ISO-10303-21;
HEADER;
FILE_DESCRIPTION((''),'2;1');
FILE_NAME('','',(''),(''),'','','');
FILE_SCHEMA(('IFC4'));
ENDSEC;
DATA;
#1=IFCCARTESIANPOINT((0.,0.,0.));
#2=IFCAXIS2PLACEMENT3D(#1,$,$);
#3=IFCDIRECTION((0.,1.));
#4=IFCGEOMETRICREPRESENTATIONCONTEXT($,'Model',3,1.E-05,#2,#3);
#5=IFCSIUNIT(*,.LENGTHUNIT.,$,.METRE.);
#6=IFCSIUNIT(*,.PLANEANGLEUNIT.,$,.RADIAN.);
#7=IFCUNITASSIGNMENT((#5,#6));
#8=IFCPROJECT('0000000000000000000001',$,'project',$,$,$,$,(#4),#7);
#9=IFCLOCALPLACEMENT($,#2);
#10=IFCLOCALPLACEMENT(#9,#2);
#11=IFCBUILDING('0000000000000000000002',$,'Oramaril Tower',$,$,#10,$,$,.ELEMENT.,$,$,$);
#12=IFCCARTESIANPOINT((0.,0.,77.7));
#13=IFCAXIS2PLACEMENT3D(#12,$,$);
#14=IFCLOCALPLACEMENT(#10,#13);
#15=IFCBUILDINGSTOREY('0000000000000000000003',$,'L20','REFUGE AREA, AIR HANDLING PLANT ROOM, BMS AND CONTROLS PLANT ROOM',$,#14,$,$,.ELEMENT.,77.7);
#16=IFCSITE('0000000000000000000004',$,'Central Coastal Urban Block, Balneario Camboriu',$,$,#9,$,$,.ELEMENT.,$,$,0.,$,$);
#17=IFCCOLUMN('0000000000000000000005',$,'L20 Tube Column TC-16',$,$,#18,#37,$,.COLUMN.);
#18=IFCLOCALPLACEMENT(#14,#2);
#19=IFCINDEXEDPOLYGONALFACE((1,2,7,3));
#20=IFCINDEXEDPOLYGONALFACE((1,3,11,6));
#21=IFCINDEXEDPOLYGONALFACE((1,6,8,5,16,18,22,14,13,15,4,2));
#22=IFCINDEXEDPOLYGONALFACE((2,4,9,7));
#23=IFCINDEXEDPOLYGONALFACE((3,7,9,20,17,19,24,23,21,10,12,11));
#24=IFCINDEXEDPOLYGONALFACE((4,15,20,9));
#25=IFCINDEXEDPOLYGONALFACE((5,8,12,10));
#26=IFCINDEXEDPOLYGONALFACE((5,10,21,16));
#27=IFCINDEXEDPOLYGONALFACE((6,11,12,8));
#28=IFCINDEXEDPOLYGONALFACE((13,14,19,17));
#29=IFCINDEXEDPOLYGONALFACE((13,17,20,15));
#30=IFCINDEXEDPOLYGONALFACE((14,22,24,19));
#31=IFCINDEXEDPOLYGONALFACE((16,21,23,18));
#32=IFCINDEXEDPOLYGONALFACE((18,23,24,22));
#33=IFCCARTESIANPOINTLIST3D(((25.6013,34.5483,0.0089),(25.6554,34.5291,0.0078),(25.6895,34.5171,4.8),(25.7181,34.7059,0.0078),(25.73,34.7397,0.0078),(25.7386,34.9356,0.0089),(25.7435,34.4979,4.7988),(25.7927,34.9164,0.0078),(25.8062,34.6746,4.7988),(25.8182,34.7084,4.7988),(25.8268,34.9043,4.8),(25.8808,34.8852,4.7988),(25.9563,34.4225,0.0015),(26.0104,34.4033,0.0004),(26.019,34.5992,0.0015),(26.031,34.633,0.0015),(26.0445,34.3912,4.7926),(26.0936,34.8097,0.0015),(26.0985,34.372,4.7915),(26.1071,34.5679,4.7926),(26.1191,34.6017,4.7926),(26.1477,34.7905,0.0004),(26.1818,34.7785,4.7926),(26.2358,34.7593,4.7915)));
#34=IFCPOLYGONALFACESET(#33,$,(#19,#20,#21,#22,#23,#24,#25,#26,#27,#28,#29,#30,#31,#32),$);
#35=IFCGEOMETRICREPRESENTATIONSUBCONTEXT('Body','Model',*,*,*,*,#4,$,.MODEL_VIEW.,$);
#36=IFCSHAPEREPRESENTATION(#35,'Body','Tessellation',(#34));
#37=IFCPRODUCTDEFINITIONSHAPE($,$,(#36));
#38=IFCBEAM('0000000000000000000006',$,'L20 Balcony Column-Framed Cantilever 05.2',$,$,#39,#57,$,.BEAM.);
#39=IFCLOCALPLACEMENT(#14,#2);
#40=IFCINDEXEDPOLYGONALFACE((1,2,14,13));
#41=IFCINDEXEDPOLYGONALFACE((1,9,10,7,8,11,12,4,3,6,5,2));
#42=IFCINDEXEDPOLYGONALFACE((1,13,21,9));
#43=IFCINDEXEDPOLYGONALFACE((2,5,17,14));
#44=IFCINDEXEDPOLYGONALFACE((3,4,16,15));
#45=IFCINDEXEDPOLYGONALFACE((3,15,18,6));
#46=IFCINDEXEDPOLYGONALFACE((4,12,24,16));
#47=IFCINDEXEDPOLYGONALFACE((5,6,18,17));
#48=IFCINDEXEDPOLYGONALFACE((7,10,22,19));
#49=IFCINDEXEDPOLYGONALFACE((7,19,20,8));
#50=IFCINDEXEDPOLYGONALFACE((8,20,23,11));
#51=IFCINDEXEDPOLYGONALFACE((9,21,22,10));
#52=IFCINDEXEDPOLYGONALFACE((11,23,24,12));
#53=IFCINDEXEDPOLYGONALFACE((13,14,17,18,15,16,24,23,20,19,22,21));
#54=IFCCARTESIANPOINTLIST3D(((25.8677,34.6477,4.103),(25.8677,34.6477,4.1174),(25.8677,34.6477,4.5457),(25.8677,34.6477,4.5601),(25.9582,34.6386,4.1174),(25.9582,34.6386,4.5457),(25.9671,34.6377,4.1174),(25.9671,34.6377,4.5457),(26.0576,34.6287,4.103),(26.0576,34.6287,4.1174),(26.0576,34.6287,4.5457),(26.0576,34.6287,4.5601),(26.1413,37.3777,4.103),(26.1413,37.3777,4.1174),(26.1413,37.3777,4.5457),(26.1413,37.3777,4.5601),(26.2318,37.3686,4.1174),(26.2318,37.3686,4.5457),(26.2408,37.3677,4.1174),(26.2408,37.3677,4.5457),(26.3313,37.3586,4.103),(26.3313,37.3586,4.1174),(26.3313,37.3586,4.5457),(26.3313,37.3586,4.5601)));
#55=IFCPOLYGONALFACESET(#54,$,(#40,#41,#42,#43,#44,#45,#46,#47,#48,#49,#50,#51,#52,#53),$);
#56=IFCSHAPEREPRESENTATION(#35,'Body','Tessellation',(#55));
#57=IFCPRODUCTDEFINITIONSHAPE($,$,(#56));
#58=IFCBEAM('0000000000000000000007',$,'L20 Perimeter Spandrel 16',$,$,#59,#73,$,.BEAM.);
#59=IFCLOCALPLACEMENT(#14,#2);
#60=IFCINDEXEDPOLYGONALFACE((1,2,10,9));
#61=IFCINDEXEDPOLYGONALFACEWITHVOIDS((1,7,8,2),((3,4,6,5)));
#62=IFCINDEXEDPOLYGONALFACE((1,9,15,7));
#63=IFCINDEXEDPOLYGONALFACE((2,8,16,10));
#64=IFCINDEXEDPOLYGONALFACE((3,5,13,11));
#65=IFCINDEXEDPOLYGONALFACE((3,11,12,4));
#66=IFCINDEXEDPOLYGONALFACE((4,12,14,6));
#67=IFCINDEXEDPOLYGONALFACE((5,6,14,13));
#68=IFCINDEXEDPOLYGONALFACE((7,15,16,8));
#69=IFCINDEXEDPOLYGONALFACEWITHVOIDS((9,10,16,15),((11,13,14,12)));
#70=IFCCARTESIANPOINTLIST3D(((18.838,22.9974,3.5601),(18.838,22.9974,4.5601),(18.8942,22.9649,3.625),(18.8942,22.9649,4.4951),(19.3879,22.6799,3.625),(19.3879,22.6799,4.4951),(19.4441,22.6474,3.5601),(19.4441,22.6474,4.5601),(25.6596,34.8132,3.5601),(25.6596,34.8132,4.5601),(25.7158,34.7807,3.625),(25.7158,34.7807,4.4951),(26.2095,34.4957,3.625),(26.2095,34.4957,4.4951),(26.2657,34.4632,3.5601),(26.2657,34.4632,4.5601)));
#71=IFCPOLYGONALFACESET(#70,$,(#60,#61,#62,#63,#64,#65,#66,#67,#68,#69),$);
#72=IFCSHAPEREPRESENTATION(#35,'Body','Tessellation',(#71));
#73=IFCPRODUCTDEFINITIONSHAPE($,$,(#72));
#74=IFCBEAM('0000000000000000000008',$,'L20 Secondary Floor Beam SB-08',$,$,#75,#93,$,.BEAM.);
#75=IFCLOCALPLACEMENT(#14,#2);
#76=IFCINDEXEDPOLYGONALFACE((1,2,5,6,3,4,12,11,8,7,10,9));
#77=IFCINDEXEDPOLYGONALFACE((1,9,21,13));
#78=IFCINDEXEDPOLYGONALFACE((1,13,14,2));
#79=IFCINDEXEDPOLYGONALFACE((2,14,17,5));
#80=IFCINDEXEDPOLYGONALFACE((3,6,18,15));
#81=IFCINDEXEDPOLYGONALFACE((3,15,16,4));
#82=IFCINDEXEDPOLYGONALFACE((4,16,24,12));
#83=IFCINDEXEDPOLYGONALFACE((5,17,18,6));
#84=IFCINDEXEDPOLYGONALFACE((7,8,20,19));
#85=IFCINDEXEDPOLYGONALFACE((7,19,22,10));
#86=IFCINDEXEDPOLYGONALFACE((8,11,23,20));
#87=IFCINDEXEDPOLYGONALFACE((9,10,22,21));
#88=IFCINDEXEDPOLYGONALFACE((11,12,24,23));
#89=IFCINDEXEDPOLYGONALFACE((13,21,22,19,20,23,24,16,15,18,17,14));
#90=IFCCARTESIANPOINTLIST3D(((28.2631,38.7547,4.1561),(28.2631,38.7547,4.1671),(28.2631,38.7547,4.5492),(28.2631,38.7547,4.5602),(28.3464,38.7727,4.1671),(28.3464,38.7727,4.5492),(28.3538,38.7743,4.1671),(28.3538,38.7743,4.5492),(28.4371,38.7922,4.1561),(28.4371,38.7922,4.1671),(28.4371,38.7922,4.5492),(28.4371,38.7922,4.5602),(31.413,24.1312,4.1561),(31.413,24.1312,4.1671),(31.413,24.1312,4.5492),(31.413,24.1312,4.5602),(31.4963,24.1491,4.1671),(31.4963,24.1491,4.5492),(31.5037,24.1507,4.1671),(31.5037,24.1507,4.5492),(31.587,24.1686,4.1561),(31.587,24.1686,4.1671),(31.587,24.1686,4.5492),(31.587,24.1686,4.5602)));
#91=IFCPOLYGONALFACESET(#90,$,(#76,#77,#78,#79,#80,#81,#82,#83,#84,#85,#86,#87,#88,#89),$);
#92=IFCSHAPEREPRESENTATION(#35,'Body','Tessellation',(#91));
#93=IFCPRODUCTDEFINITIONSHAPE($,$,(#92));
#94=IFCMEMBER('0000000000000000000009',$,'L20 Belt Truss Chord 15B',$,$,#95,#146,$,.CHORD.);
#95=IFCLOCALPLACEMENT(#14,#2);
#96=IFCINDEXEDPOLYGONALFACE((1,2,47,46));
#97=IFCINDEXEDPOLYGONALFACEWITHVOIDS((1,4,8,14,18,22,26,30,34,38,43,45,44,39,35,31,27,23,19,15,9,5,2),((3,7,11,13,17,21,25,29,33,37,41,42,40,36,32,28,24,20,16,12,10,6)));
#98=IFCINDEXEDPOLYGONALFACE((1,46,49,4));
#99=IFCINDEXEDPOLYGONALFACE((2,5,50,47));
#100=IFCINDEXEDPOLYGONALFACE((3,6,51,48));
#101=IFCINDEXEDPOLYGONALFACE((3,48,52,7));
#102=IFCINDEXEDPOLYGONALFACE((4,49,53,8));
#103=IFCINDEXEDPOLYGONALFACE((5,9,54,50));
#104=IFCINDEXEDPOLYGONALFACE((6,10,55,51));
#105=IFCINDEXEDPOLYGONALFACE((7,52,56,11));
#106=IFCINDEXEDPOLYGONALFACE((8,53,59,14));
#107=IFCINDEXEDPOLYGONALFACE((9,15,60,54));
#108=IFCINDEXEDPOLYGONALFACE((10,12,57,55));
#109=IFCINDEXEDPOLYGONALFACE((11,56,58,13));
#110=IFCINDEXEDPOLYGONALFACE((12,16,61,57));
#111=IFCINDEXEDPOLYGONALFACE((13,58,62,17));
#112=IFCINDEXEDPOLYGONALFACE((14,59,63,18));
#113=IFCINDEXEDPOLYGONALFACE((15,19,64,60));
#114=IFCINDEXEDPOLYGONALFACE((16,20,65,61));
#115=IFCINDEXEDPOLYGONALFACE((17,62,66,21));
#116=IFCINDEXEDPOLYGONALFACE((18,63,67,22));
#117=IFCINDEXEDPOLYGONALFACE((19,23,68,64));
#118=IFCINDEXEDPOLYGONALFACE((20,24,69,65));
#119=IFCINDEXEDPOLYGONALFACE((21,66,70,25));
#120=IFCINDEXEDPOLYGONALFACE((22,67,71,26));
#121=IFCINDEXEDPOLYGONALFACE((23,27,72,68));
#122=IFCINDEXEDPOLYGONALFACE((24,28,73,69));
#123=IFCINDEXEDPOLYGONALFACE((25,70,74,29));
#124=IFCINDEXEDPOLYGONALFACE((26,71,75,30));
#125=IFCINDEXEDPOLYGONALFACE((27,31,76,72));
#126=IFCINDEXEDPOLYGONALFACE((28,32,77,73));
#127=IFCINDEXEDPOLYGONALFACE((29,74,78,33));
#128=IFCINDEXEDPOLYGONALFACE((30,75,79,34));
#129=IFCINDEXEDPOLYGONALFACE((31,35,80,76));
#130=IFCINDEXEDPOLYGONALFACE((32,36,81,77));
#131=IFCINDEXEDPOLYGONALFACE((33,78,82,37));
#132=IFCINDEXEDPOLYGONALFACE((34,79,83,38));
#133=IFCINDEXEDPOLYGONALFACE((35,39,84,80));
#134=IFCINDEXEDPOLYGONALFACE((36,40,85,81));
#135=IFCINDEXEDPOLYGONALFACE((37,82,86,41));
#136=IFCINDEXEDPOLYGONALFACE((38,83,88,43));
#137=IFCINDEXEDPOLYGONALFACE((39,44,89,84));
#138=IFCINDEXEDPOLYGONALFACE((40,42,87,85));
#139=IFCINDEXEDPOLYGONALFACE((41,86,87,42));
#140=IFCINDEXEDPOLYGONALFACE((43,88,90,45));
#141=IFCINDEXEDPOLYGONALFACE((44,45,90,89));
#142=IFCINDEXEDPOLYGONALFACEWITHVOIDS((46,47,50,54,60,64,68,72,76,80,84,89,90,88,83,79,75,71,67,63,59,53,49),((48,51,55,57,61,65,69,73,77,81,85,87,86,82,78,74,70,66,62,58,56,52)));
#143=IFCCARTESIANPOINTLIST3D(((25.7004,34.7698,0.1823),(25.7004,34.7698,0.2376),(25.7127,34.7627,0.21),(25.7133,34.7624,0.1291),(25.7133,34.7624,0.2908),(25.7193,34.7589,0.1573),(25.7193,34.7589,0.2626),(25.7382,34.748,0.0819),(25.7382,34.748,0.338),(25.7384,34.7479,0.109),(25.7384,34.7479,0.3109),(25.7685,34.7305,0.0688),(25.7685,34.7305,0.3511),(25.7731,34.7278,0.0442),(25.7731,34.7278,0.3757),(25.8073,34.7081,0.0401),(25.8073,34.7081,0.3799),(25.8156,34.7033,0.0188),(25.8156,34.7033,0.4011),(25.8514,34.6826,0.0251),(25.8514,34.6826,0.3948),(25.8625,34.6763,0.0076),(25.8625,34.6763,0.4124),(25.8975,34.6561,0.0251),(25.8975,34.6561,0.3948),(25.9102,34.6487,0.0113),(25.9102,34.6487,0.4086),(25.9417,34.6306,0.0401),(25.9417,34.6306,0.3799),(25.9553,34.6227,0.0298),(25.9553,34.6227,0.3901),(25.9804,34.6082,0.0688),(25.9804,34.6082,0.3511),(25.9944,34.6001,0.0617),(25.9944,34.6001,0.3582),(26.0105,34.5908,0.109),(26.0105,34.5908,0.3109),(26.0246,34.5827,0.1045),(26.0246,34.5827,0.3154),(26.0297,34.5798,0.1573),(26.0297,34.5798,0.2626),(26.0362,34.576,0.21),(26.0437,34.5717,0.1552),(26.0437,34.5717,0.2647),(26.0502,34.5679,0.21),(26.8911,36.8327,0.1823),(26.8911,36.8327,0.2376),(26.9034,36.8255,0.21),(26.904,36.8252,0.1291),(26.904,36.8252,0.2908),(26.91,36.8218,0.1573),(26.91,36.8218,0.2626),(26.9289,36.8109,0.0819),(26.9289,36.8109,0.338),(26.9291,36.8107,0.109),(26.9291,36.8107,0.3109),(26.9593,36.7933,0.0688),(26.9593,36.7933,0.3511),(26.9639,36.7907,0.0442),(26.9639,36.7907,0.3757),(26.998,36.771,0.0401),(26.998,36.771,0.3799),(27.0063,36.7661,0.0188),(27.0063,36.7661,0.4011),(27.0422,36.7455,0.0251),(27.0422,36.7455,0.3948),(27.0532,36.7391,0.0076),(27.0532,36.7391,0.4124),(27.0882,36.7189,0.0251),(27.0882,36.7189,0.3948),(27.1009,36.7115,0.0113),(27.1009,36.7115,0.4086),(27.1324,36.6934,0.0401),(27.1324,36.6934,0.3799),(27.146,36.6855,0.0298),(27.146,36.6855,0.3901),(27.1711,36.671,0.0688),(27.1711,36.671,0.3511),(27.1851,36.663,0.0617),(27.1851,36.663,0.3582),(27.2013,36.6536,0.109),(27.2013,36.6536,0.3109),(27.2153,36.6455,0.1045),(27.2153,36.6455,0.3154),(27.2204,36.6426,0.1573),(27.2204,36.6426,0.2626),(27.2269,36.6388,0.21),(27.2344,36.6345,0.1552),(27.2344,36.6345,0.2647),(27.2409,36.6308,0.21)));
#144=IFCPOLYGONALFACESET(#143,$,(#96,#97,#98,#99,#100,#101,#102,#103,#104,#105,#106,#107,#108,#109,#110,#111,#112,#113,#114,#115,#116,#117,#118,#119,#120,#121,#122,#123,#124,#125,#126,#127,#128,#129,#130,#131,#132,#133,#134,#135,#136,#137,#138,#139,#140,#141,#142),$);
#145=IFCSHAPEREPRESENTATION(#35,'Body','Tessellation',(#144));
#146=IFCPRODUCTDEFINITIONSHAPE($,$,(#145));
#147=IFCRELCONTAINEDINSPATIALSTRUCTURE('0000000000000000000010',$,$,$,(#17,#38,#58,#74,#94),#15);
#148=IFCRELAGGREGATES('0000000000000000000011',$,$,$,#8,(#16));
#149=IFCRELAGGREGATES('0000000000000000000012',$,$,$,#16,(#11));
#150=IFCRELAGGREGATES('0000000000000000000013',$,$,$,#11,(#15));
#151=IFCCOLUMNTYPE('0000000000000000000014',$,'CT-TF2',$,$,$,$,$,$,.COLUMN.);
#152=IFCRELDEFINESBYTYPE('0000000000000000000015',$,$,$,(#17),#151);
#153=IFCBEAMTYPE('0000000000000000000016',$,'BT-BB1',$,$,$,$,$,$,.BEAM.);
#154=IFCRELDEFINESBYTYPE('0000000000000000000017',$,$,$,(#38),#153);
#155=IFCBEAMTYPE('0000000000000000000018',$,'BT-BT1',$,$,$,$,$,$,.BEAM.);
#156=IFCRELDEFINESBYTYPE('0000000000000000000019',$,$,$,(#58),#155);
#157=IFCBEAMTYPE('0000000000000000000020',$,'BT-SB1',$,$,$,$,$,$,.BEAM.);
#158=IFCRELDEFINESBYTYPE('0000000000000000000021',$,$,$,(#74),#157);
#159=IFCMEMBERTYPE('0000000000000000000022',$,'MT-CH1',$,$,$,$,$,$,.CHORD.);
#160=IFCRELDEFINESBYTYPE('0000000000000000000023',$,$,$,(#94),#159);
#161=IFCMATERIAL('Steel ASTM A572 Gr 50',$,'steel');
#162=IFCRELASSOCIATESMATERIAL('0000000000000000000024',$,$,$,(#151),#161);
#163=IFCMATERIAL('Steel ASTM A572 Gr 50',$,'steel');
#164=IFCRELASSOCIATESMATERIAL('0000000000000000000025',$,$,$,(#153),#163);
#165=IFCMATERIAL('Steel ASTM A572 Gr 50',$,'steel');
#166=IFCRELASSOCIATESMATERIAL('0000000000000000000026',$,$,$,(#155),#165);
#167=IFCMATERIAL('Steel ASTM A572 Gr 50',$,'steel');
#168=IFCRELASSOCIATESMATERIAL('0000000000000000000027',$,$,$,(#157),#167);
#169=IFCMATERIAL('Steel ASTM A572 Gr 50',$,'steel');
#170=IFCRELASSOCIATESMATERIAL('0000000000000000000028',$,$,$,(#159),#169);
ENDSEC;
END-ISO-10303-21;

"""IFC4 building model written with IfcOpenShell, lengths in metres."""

from ifc_helpers import new_model, si_unit, direction, frame, origin, origin_2d, place, context, subcontext, project, spatial, hollow_rectangle, hollow_circle, i_section, extrude, material, material_profile, profile_set, type_object, element, save


model = new_model("IFC4")

# Units and contexts
model_context = context("Model", 3, precision=1e-05, world=origin(), true_north=direction((0.0, 1.0)))
body_context = subcontext(model_context, "Body", "Model", "MODEL_VIEW")
ifc_project = project(units=[si_unit("LENGTHUNIT", "METRE"), si_unit("PLANEANGLEUNIT", "RADIAN")], contexts=[model_context])

# Site, building, storey
site_placement = place(None, origin())
site = spatial("IfcSite", under=ifc_project, at=site_placement, Name="Central Coastal Urban Block, Balneario Camboriu", CompositionType="ELEMENT", RefElevation=0.0)
building_placement = place(site_placement, origin())
building = spatial("IfcBuilding", under=site, at=building_placement, Name="Oramaril Tower", CompositionType="ELEMENT")
storey_placement = place(building_placement, frame((0.0, 0.0, 77.7)))
storey = spatial("IfcBuildingStorey", under=building, at=storey_placement, Name="L20", Description="REFUGE AREA, AIR HANDLING PLANT ROOM, BMS AND CONTROLS PLANT ROOM", CompositionType="ELEMENT", Elevation=77.7)

# Column
ifc_material_1 = material(Name="Steel ASTM A572 Gr 50", Category="steel")
ifc_material_profile_1 = material_profile(ifc_material_1, i_section(OverallWidth=0.4109, OverallDepth=0.4341, WebThickness=0.0359, FlangeThickness=0.0574, at=origin_2d()), Name="W14X311")
ifc_profile_set_1 = profile_set([ifc_material_profile_1], Name="Steel ASTM A572 Gr 50")
column_type = type_object("IfcColumnType", Name="CT-TF2", PredefinedType="COLUMN", material=ifc_profile_set_1)
column_placement = place(storey_placement, frame((25.8745, 34.6694, 0.0046), z_axis=(0.018392, -0.006521, 0.99981), x_axis=(0.334185, 0.942507, 0.0)))
element("IfcColumn", 1, at=column_placement, inside=storey, type_object=column_type, Name="L20 Tube Column TC-16", PredefinedType="COLUMN", context=body_context, shape_type="SweptSolid", body=[
    extrude(i_section(OverallWidth=0.4109, OverallDepth=0.4341, WebThickness=0.0359, FlangeThickness=0.0574, at=origin_2d()), origin(), (0.0, 0.0, 1.0), 4.792),
])

# Beams
ifc_material_2 = material(Name="Steel ASTM A572 Gr 50", Category="steel")
ifc_material_profile_2 = material_profile(ifc_material_2, i_section(OverallWidth=0.1909, OverallDepth=0.457, WebThickness=0.009, FlangeThickness=0.0144, at=origin_2d()), Name="W18X50")
ifc_profile_set_2 = profile_set([ifc_material_profile_2], Name="Steel ASTM A572 Gr 50")
beam_type_1 = type_object("IfcBeamType", Name="BT-BB1", PredefinedType="BEAM", material=ifc_profile_set_2)
beam_1_placement = place(storey_placement, frame((25.9626, 34.6382, 4.3315), z_axis=(0.09975, 0.995012, 0.0), x_axis=(-0.995012, 0.09975, 0.0)))
element("IfcBeam", 2, at=beam_1_placement, inside=storey, type_object=beam_type_1, Name="L20 Balcony Column-Framed Cantilever 05.2", PredefinedType="BEAM", context=body_context, shape_type="SweptSolid", body=[
    extrude(i_section(OverallWidth=0.1909, OverallDepth=0.457, WebThickness=0.009, FlangeThickness=0.0144, at=origin_2d()), origin(), (0.0, 0.0, 1.0), 2.7437),
])
ifc_material_3 = material(Name="Steel ASTM A572 Gr 50", Category="steel")
ifc_material_profile_3 = material_profile(ifc_material_3, hollow_rectangle(XDim=0.7, YDim=1.0, WallThickness=0.0649, at=origin_2d()), Name="BOX1000X700X65")
ifc_profile_set_3 = profile_set([ifc_material_profile_3], Name="Steel ASTM A572 Gr 50")
beam_type_2 = type_object("IfcBeamType", Name="BT-BT1", PredefinedType="BEAM", material=ifc_profile_set_3)
beam_2_placement = place(storey_placement, frame((25.9626, 34.6382, 4.0601), z_axis=(-0.499986, -0.866033, 0.0), x_axis=(0.866033, -0.499986, 0.0)))
element("IfcBeam", 3, at=beam_2_placement, inside=storey, type_object=beam_type_2, Name="L20 Perimeter Spandrel 16", PredefinedType="BEAM", context=body_context, shape_type="SweptSolid", body=[
    extrude(hollow_rectangle(XDim=0.7, YDim=1.0, WallThickness=0.0649, at=origin_2d()), origin(), (0.0, 0.0, 1.0), 13.6436),
])
ifc_material_4 = material(Name="Steel ASTM A572 Gr 50", Category="steel")
ifc_material_profile_4 = material_profile(ifc_material_4, i_section(OverallWidth=0.178, OverallDepth=0.4041, WebThickness=0.0076, FlangeThickness=0.011, at=origin_2d()), Name="W16X36")
ifc_profile_set_4 = profile_set([ifc_material_profile_4], Name="Steel ASTM A572 Gr 50")
beam_type_3 = type_object("IfcBeamType", Name="BT-SB1", PredefinedType="BEAM", material=ifc_profile_set_4)
beam_3_placement = place(storey_placement, frame((31.5, 24.1499, 4.3582), z_axis=(-0.21057, 0.977579, 0.0), x_axis=(-0.977579, -0.21057, 0.0)))
element("IfcBeam", 4, at=beam_3_placement, inside=storey, type_object=beam_type_3, Name="L20 Secondary Floor Beam SB-08", PredefinedType="BEAM", context=body_context, shape_type="SweptSolid", body=[
    extrude(i_section(OverallWidth=0.178, OverallDepth=0.4041, WebThickness=0.0076, FlangeThickness=0.011, at=origin_2d()), origin(), (0.0, 0.0, 1.0), 14.959),
])

# Member
ifc_material_5 = material(Name="Steel ASTM A572 Gr 50", Category="steel")
ifc_material_profile_5 = material_profile(ifc_material_5, hollow_circle(Radius=0.2029, WallThickness=0.0161, at=origin_2d()), Name="CHS406X16")
ifc_profile_set_5 = profile_set([ifc_material_profile_5], Name="Steel ASTM A572 Gr 50")
member_type_1 = type_object("IfcMemberType", Name="MT-CH1", PredefinedType="CHORD", material=ifc_profile_set_5)
member_1_placement = place(storey_placement, frame((27.0652, 36.7322, 0.21), z_axis=(-0.499921, -0.866071, 0.0), x_axis=(0.866071, -0.499921, 0.0)))
element("IfcMember", 5, at=member_1_placement, inside=storey, type_object=member_type_1, Name="L20 Belt Truss Chord 15B", PredefinedType="CHORD", context=body_context, shape_type="SweptSolid", body=[
    extrude(hollow_circle(Radius=0.2029, WallThickness=0.0161, at=origin_2d()), origin(), (0.0, 0.0, 1.0), 2.3818),
])

save(model, "model.ifc")
